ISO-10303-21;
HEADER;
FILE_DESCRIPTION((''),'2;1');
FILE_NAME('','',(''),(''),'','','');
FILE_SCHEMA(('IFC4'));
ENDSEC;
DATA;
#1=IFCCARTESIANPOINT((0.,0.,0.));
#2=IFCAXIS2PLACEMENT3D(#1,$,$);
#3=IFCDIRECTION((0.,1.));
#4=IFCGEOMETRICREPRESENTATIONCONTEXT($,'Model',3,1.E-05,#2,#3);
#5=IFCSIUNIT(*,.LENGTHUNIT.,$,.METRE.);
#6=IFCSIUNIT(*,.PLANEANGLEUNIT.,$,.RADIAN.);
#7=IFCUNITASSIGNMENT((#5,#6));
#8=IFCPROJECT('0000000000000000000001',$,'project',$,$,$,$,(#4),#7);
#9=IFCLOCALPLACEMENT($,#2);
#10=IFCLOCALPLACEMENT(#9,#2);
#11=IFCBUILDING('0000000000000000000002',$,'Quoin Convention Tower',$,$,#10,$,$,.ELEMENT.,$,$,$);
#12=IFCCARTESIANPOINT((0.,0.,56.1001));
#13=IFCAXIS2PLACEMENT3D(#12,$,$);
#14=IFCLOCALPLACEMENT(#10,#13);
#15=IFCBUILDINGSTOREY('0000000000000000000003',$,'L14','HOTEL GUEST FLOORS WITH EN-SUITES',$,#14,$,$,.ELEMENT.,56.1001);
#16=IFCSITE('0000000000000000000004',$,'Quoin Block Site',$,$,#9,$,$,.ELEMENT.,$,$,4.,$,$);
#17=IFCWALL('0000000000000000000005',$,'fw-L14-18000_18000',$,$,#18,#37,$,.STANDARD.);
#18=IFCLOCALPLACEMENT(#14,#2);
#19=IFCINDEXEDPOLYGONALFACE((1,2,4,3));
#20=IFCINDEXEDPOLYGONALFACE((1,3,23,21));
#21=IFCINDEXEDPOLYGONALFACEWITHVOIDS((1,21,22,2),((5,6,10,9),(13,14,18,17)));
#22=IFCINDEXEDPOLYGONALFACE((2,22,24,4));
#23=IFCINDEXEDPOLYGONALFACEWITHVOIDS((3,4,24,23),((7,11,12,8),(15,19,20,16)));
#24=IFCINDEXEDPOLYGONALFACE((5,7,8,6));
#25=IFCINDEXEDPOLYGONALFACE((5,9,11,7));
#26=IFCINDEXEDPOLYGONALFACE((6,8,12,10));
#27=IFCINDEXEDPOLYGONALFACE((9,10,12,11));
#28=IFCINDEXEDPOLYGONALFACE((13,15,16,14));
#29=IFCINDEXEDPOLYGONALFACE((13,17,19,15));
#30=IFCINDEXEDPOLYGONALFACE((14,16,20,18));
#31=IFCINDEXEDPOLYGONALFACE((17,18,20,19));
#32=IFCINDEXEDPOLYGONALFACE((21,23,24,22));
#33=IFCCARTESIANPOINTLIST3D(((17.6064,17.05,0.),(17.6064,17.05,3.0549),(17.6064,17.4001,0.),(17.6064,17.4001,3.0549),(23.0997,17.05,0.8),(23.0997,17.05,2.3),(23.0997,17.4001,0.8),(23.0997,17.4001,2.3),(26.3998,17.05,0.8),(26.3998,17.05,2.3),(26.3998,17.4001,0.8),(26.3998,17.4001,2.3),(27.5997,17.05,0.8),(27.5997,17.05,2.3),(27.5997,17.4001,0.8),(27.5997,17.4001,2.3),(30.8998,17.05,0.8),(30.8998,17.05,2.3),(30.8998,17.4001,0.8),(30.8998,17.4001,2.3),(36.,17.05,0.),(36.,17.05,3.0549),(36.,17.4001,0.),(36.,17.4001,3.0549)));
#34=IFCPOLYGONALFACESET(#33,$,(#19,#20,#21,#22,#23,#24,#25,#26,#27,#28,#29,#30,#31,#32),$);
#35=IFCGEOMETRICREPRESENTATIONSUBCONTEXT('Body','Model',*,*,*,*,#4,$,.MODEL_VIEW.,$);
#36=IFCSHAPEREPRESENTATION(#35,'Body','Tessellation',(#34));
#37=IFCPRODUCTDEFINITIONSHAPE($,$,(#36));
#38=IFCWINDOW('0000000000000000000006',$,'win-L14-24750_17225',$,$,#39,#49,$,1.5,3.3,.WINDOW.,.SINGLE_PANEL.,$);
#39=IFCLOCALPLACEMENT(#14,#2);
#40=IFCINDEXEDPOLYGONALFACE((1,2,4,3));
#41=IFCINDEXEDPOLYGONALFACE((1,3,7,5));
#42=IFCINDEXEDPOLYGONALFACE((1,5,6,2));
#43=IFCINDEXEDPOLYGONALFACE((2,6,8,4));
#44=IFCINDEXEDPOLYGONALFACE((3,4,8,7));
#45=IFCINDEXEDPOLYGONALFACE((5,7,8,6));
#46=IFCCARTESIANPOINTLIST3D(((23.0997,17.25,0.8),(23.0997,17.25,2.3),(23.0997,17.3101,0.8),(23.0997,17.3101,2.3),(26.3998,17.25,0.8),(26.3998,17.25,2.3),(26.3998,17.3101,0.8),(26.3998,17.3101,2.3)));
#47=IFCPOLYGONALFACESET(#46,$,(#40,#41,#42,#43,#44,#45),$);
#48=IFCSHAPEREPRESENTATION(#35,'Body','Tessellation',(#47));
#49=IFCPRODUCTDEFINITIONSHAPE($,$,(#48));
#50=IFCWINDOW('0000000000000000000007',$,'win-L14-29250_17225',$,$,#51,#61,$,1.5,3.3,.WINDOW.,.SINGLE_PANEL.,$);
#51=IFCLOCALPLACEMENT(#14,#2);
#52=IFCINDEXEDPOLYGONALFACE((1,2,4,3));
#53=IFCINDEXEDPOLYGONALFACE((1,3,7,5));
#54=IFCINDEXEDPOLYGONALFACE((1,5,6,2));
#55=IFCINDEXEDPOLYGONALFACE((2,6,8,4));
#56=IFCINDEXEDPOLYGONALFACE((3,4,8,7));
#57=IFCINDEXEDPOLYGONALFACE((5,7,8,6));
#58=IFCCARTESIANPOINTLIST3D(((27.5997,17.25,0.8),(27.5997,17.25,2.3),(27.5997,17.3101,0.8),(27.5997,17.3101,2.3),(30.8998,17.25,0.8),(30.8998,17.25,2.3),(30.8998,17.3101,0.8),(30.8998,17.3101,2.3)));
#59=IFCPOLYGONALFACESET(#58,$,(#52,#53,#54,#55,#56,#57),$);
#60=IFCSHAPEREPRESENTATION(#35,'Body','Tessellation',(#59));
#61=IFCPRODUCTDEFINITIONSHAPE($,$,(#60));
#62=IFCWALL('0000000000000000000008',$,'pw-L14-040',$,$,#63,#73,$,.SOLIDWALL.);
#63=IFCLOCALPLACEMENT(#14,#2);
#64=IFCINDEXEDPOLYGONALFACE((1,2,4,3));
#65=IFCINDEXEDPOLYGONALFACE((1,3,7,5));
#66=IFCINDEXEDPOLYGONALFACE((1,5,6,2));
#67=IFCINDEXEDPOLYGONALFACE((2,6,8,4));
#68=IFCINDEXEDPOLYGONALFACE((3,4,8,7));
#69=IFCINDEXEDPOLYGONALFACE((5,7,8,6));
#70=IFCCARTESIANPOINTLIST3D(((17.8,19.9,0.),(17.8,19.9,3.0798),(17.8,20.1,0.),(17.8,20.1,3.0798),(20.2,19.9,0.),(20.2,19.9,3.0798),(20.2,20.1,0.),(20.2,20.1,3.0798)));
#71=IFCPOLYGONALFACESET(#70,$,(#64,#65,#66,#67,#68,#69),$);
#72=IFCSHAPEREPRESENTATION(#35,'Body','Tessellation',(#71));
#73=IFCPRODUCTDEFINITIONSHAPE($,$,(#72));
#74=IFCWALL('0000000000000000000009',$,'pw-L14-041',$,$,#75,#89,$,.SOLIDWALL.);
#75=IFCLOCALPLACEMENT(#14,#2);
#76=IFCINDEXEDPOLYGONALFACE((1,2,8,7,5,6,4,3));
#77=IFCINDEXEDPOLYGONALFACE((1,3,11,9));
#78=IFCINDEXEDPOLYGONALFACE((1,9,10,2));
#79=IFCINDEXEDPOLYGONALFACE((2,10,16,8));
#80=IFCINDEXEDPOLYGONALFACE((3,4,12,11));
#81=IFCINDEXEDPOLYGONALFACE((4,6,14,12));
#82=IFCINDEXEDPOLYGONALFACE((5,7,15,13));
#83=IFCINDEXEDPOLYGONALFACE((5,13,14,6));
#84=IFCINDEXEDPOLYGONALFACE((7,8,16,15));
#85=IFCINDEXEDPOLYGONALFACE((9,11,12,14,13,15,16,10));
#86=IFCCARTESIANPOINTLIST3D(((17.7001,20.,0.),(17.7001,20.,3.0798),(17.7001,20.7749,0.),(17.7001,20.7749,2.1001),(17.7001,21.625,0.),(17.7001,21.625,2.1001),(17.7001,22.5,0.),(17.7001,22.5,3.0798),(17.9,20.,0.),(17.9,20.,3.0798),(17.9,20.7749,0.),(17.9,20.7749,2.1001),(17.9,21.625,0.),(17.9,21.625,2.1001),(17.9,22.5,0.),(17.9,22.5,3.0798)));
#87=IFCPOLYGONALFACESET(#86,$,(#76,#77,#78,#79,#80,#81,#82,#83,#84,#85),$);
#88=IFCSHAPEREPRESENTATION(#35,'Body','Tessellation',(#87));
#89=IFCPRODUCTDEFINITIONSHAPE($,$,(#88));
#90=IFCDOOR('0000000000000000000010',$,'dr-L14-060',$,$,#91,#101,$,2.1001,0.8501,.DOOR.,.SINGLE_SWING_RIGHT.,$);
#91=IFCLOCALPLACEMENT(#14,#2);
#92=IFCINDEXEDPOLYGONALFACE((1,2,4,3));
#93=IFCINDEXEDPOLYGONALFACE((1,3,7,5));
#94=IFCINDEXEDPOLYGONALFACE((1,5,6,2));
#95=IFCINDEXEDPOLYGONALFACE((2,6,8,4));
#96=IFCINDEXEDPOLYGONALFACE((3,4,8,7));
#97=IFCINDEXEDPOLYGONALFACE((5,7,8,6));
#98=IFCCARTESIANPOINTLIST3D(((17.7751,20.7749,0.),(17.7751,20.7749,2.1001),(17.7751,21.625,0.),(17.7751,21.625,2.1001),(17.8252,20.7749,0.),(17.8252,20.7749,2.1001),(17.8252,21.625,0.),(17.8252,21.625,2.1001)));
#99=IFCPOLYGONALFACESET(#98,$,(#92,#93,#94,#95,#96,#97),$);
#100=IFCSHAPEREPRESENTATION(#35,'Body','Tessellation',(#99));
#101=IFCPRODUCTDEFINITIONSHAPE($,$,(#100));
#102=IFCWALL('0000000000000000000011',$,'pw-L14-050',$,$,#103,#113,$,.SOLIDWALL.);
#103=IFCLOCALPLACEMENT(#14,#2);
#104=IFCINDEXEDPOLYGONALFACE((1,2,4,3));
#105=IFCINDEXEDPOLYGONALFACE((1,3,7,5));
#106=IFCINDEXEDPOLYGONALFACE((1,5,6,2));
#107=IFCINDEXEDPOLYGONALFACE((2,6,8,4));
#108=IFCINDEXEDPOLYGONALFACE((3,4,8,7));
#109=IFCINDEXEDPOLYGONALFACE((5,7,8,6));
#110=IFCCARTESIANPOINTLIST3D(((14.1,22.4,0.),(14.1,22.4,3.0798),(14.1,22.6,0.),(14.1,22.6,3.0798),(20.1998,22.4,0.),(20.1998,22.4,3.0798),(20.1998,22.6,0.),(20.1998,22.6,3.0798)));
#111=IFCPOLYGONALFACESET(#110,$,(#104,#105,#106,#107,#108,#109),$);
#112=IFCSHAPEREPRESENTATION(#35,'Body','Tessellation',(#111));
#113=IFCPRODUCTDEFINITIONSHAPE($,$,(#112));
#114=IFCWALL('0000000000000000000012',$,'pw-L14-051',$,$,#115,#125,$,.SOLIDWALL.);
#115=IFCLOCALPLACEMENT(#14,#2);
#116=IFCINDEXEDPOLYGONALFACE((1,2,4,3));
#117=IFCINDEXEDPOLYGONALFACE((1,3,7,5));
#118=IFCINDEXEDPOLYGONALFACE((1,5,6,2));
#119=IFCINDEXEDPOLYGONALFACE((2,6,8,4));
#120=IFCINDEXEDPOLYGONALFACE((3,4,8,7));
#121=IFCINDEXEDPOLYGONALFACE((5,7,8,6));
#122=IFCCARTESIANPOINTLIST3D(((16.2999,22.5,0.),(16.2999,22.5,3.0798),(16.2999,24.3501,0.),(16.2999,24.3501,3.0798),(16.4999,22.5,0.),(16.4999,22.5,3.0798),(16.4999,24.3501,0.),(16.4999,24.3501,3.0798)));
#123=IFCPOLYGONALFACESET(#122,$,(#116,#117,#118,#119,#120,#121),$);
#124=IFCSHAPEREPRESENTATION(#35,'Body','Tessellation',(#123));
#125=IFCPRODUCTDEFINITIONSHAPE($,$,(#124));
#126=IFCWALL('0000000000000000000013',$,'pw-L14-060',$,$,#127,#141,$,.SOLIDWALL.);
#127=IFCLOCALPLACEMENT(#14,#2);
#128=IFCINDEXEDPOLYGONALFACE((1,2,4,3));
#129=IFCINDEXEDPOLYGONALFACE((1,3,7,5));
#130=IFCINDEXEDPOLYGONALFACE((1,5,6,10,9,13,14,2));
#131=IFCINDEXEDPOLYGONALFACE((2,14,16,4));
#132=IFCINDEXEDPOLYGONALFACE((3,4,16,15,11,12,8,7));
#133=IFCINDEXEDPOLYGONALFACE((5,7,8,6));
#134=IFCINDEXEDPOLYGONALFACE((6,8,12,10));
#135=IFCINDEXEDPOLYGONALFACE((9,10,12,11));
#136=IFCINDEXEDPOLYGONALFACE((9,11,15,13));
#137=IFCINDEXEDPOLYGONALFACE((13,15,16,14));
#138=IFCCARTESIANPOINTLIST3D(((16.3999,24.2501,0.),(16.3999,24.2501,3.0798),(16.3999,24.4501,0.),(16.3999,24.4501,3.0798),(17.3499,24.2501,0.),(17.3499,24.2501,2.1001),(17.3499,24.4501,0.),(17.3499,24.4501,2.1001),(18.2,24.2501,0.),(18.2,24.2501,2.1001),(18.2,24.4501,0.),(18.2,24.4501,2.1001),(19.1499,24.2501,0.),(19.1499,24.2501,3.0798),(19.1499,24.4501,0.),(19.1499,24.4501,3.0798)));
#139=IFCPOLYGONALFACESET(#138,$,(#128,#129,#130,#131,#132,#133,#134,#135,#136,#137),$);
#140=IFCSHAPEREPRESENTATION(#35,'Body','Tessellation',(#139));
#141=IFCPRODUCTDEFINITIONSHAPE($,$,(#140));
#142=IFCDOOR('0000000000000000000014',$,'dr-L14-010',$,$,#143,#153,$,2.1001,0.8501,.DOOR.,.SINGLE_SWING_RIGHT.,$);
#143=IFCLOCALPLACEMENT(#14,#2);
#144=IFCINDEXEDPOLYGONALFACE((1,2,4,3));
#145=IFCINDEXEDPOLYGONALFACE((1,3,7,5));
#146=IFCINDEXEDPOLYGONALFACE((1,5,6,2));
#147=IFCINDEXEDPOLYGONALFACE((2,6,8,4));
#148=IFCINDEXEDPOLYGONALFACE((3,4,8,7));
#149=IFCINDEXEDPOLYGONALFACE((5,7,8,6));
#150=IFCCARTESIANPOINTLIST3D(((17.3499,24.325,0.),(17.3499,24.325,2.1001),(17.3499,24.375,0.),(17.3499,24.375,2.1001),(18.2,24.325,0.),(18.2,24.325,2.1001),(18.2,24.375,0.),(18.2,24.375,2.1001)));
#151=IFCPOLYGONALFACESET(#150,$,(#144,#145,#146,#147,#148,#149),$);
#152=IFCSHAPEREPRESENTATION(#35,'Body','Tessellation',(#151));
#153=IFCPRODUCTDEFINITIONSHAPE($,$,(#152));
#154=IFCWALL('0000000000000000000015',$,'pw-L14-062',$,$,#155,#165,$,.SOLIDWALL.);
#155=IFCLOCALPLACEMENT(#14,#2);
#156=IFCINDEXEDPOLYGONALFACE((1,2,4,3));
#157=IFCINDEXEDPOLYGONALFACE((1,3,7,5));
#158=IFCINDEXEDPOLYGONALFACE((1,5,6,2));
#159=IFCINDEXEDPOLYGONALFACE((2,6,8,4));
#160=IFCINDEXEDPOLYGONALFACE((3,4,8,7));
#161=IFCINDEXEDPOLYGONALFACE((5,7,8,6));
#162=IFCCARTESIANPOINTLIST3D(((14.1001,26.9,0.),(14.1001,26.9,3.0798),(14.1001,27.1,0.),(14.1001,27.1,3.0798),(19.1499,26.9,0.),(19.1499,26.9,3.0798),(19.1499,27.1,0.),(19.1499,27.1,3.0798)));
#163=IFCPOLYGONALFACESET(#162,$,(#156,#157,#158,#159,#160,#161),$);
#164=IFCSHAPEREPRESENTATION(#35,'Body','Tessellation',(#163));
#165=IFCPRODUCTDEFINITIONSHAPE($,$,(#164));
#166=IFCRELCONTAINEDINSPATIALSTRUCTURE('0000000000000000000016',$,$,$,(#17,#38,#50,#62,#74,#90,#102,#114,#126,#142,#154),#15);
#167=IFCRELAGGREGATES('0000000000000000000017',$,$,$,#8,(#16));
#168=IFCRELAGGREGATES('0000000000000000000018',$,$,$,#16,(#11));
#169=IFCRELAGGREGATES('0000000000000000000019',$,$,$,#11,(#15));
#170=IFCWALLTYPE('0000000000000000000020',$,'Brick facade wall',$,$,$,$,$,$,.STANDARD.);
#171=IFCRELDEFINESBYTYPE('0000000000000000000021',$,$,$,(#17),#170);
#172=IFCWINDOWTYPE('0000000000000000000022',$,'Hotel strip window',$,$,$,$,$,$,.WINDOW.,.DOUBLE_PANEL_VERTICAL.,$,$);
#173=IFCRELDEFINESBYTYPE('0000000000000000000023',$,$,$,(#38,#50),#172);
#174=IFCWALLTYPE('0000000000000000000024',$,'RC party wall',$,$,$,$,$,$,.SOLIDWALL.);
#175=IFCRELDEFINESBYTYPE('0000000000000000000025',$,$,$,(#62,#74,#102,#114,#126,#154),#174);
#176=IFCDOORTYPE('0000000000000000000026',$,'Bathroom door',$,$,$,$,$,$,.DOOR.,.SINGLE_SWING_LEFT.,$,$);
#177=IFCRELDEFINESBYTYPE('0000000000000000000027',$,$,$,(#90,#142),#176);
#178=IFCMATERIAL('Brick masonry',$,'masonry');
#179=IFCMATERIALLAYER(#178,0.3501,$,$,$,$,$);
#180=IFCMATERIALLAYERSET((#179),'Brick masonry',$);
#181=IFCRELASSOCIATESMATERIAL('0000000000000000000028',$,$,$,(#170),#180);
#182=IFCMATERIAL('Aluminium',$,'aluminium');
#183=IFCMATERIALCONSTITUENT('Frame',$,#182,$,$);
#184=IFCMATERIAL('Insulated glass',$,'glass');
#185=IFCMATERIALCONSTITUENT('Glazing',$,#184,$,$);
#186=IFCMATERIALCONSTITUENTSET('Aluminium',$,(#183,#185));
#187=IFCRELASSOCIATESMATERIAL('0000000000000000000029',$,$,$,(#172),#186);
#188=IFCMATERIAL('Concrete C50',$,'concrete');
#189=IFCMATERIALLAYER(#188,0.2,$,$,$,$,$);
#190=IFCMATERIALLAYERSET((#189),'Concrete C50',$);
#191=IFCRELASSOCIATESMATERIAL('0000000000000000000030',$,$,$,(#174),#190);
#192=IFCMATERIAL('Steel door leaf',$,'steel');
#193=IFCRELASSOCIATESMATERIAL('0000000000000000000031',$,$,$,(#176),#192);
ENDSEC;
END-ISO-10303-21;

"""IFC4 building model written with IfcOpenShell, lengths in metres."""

from ifc_helpers import new_model, si_unit, direction, frame, frame_2d, origin, place, context, subcontext, project, spatial, rectangle, extrude, material, layer, layer_set, constituent, constituent_set, type_object, element, fill, save


model = new_model("IFC4")

# Units and contexts
model_context = context("Model", 3, precision=1e-05, world=origin(), true_north=direction((0.0, 1.0)))
body_context = subcontext(model_context, "Body", "Model", "MODEL_VIEW")
ifc_project = project(units=[si_unit("LENGTHUNIT", "METRE"), si_unit("PLANEANGLEUNIT", "RADIAN")], contexts=[model_context])

# Site, building, storey
site_placement = place(None, origin())
site = spatial("IfcSite", under=ifc_project, at=site_placement, Name="Quoin Block Site", CompositionType="ELEMENT", RefElevation=4.0)
building_placement = place(site_placement, origin())
building = spatial("IfcBuilding", under=site, at=building_placement, Name="Quoin Convention Tower", CompositionType="ELEMENT")
storey_placement = place(building_placement, frame((0.0, 0.0, 56.1001)))
storey = spatial("IfcBuildingStorey", under=building, at=storey_placement, Name="L14", Description="HOTEL GUEST FLOORS WITH EN-SUITES", CompositionType="ELEMENT", Elevation=56.1001)

# Shared definitions
ifc_material_1 = material(Name="Concrete C50", Category="concrete")

# Shared definitions
ifc_material_2 = material(Name="Brick masonry", Category="masonry")
ifc_layer_1 = layer(ifc_material_2, 0.3501)
ifc_layer_set_1 = layer_set([ifc_layer_1], Name="Brick masonry")
wall_type_1 = type_object("IfcWallType", Name="Brick facade wall", PredefinedType="STANDARD", material=ifc_layer_set_1)
ifc_material_3 = material(Name="Aluminium", Category="aluminium")
ifc_constituent_1 = constituent(ifc_material_3, Name="Frame")
ifc_material_4 = material(Name="Insulated glass", Category="glass")
ifc_constituent_2 = constituent(ifc_material_4, Name="Glazing")
ifc_constituent_set = constituent_set(constituents=[ifc_constituent_1, ifc_constituent_2], Name="Aluminium")
window_type = type_object("IfcWindowType", Name="Hotel strip window", PartitioningType="DOUBLE_PANEL_VERTICAL", PredefinedType="WINDOW", material=ifc_constituent_set)

# Wall, openings, windows
wall_1_placement = place(storey_placement, frame((17.6064, 17.2251, 0.0), z_axis=(0.0, 0.0, 1.0), x_axis=(1.0, 0.0, 0.0)))
wall_1 = element("IfcWall", 1, at=wall_1_placement, inside=storey, type_object=wall_type_1, Name="fw-L14-18000_18000", PredefinedType="STANDARD", context=body_context, shape_type="SweptSolid", body=[
    extrude(rectangle(XDim=18.3936, YDim=0.3501, at=frame_2d((9.1968, 0.0))), origin(), (0.0, 0.0, 1.0), 3.0549),
])
opening_1_placement = place(wall_1_placement, frame((5.4934, 0.0, 0.8)))
opening_1 = element("IfcOpeningElement", 2, at=opening_1_placement, cuts=wall_1, PredefinedType="OPENING", context=body_context, shape_type="SweptSolid", body=[
    extrude(rectangle(XDim=3.3, YDim=1.5, at=frame_2d((1.6499, 0.75))), frame((0.0, 0.1851, 0.0), z_axis=(0.0, -1.0, 0.0), x_axis=(1.0, 0.0, 0.0)), (0.0, 0.0, 1.0), 0.3701),
])
opening_2_placement = place(wall_1_placement, frame((9.9934, 0.0, 0.8)))
opening_2 = element("IfcOpeningElement", 3, at=opening_2_placement, cuts=wall_1, PredefinedType="OPENING", context=body_context, shape_type="SweptSolid", body=[
    extrude(rectangle(XDim=3.3, YDim=1.5, at=frame_2d((1.6499, 0.75))), frame((0.0, 0.1851, 0.0), z_axis=(0.0, -1.0, 0.0), x_axis=(1.0, 0.0, 0.0)), (0.0, 0.0, 1.0), 0.3701),
])
window_1_placement = place(opening_1_placement, origin())
window_1 = element("IfcWindow", 4, at=window_1_placement, inside=storey, type_object=window_type, Name="win-L14-24750_17225", OverallHeight=1.5, OverallWidth=3.3, PartitioningType="SINGLE_PANEL", PredefinedType="WINDOW", context=body_context, shape_type="SweptSolid", body=[
    extrude(rectangle(XDim=3.3, YDim=1.5, at=frame_2d((1.6499, 0.75))), frame((0.0, 0.085, 0.0), z_axis=(0.0, -1.0, 0.0), x_axis=(1.0, 0.0, 0.0)), (0.0, 0.0, 1.0), 0.0601),
])
fill(opening_1, window_1)
window_2_placement = place(opening_2_placement, origin())
window_2 = element("IfcWindow", 5, at=window_2_placement, inside=storey, type_object=window_type, Name="win-L14-29250_17225", OverallHeight=1.5, OverallWidth=3.3, PartitioningType="SINGLE_PANEL", PredefinedType="WINDOW", context=body_context, shape_type="SweptSolid", body=[
    extrude(rectangle(XDim=3.3, YDim=1.5, at=frame_2d((1.6499, 0.75))), frame((0.0, 0.085, 0.0), z_axis=(0.0, -1.0, 0.0), x_axis=(1.0, 0.0, 0.0)), (0.0, 0.0, 1.0), 0.0601),
])
fill(opening_2, window_2)

# Wall
ifc_layer_2 = layer(ifc_material_1, 0.2)
ifc_layer_set_2 = layer_set([ifc_layer_2], Name="Concrete C50")
wall_type_2 = type_object("IfcWallType", Name="RC party wall", PredefinedType="SOLIDWALL", material=ifc_layer_set_2)
wall_2_placement = place(storey_placement, frame((17.8, 20.0, 0.0), z_axis=(0.0, 0.0, 1.0), x_axis=(1.0, 0.0, 0.0)))
element("IfcWall", 6, at=wall_2_placement, inside=storey, type_object=wall_type_2, Name="pw-L14-040", PredefinedType="SOLIDWALL", context=body_context, shape_type="SweptSolid", body=[
    extrude(rectangle(XDim=2.3999, YDim=0.2, at=frame_2d((1.2, 0.0))), origin(), (0.0, 0.0, 1.0), 3.0798),
])

# Wall, opening, door
wall_3_placement = place(storey_placement, frame((17.8, 20.0, 0.0), z_axis=(0.0, 0.0, 1.0), x_axis=(0.0, 1.0, 0.0)))
wall_3 = element("IfcWall", 7, at=wall_3_placement, inside=storey, type_object=wall_type_2, Name="pw-L14-041", PredefinedType="SOLIDWALL", context=body_context, shape_type="SweptSolid", body=[
    extrude(rectangle(XDim=2.5, YDim=0.2, at=frame_2d((1.25, 0.0))), origin(), (0.0, 0.0, 1.0), 3.0798),
])
opening_3_placement = place(wall_3_placement, frame((0.7749, 0.0, 0.0)))
opening_3 = element("IfcOpeningElement", 8, at=opening_3_placement, cuts=wall_3, PredefinedType="OPENING", context=body_context, shape_type="SweptSolid", body=[
    extrude(rectangle(XDim=0.8501, YDim=2.1001, at=frame_2d((0.425, 1.05))), frame((0.0, 0.1099, 0.0), z_axis=(0.0, -1.0, 0.0), x_axis=(1.0, 0.0, 0.0)), (0.0, 0.0, 1.0), 0.22),
])
ifc_material_5 = material(Name="Steel door leaf", Category="steel")
door_type = type_object("IfcDoorType", Name="Bathroom door", OperationType="SINGLE_SWING_LEFT", PredefinedType="DOOR", material=ifc_material_5)
door_1_placement = place(opening_3_placement, origin())
door_1 = element("IfcDoor", 9, at=door_1_placement, inside=storey, type_object=door_type, Name="dr-L14-060", OperationType="SINGLE_SWING_RIGHT", OverallHeight=2.1001, OverallWidth=0.8501, PredefinedType="DOOR", context=body_context, shape_type="SweptSolid", body=[
    extrude(rectangle(XDim=0.8501, YDim=2.1001, at=frame_2d((0.425, 1.05))), frame((0.0, 0.0249, 0.0), z_axis=(0.0, -1.0, 0.0), x_axis=(1.0, 0.0, 0.0)), (0.0, 0.0, 1.0), 0.05),
])
fill(opening_3, door_1)

# Walls
wall_4_placement = place(storey_placement, frame((14.1001, 22.5, 0.0), z_axis=(0.0, 0.0, 1.0), x_axis=(1.0, 0.0, 0.0)))
element("IfcWall", 10, at=wall_4_placement, inside=storey, type_object=wall_type_2, Name="pw-L14-050", PredefinedType="SOLIDWALL", context=body_context, shape_type="SweptSolid", body=[
    extrude(rectangle(XDim=6.0999, YDim=0.2, at=frame_2d((3.0498, 0.0))), origin(), (0.0, 0.0, 1.0), 3.0798),
])
wall_5_placement = place(storey_placement, frame((16.3999, 22.5, 0.0), z_axis=(0.0, 0.0, 1.0), x_axis=(0.0, 1.0, 0.0)))
element("IfcWall", 11, at=wall_5_placement, inside=storey, type_object=wall_type_2, Name="pw-L14-051", PredefinedType="SOLIDWALL", context=body_context, shape_type="SweptSolid", body=[
    extrude(rectangle(XDim=1.8501, YDim=0.2, at=frame_2d((0.925, 0.0))), origin(), (0.0, 0.0, 1.0), 3.0798),
])

# Wall, opening, door
wall_6_placement = place(storey_placement, frame((16.3999, 24.3501, 0.0), z_axis=(0.0, 0.0, 1.0), x_axis=(1.0, 0.0, 0.0)))
wall_6 = element("IfcWall", 12, at=wall_6_placement, inside=storey, type_object=wall_type_2, Name="pw-L14-060", PredefinedType="SOLIDWALL", context=body_context, shape_type="SweptSolid", body=[
    extrude(rectangle(XDim=2.75, YDim=0.2, at=frame_2d((1.375, 0.0))), origin(), (0.0, 0.0, 1.0), 3.0798),
])
opening_4_placement = place(wall_6_placement, frame((0.95, 0.0, 0.0)))
opening_4 = element("IfcOpeningElement", 13, at=opening_4_placement, cuts=wall_6, PredefinedType="OPENING", context=body_context, shape_type="SweptSolid", body=[
    extrude(rectangle(XDim=0.8501, YDim=2.1001, at=frame_2d((0.425, 1.05))), frame((0.0, 0.1099, 0.0), z_axis=(0.0, -1.0, 0.0), x_axis=(1.0, 0.0, 0.0)), (0.0, 0.0, 1.0), 0.22),
])
door_2_placement = place(opening_4_placement, origin())
door_2 = element("IfcDoor", 14, at=door_2_placement, inside=storey, type_object=door_type, Name="dr-L14-010", OperationType="SINGLE_SWING_RIGHT", OverallHeight=2.1001, OverallWidth=0.8501, PredefinedType="DOOR", context=body_context, shape_type="SweptSolid", body=[
    extrude(rectangle(XDim=0.8501, YDim=2.1001, at=frame_2d((0.425, 1.05))), frame((0.0, 0.0249, 0.0), z_axis=(0.0, -1.0, 0.0), x_axis=(1.0, 0.0, 0.0)), (0.0, 0.0, 1.0), 0.05),
])
fill(opening_4, door_2)

# Wall
wall_7_placement = place(storey_placement, frame((14.1001, 27.0, 0.0), z_axis=(0.0, 0.0, 1.0), x_axis=(1.0, 0.0, 0.0)))
element("IfcWall", 15, at=wall_7_placement, inside=storey, type_object=wall_type_2, Name="pw-L14-062", PredefinedType="SOLIDWALL", context=body_context, shape_type="SweptSolid", body=[
    extrude(rectangle(XDim=5.0498, YDim=0.2, at=frame_2d((2.5249, 0.0))), origin(), (0.0, 0.0, 1.0), 3.0798),
])

save(model, "model.ifc")
